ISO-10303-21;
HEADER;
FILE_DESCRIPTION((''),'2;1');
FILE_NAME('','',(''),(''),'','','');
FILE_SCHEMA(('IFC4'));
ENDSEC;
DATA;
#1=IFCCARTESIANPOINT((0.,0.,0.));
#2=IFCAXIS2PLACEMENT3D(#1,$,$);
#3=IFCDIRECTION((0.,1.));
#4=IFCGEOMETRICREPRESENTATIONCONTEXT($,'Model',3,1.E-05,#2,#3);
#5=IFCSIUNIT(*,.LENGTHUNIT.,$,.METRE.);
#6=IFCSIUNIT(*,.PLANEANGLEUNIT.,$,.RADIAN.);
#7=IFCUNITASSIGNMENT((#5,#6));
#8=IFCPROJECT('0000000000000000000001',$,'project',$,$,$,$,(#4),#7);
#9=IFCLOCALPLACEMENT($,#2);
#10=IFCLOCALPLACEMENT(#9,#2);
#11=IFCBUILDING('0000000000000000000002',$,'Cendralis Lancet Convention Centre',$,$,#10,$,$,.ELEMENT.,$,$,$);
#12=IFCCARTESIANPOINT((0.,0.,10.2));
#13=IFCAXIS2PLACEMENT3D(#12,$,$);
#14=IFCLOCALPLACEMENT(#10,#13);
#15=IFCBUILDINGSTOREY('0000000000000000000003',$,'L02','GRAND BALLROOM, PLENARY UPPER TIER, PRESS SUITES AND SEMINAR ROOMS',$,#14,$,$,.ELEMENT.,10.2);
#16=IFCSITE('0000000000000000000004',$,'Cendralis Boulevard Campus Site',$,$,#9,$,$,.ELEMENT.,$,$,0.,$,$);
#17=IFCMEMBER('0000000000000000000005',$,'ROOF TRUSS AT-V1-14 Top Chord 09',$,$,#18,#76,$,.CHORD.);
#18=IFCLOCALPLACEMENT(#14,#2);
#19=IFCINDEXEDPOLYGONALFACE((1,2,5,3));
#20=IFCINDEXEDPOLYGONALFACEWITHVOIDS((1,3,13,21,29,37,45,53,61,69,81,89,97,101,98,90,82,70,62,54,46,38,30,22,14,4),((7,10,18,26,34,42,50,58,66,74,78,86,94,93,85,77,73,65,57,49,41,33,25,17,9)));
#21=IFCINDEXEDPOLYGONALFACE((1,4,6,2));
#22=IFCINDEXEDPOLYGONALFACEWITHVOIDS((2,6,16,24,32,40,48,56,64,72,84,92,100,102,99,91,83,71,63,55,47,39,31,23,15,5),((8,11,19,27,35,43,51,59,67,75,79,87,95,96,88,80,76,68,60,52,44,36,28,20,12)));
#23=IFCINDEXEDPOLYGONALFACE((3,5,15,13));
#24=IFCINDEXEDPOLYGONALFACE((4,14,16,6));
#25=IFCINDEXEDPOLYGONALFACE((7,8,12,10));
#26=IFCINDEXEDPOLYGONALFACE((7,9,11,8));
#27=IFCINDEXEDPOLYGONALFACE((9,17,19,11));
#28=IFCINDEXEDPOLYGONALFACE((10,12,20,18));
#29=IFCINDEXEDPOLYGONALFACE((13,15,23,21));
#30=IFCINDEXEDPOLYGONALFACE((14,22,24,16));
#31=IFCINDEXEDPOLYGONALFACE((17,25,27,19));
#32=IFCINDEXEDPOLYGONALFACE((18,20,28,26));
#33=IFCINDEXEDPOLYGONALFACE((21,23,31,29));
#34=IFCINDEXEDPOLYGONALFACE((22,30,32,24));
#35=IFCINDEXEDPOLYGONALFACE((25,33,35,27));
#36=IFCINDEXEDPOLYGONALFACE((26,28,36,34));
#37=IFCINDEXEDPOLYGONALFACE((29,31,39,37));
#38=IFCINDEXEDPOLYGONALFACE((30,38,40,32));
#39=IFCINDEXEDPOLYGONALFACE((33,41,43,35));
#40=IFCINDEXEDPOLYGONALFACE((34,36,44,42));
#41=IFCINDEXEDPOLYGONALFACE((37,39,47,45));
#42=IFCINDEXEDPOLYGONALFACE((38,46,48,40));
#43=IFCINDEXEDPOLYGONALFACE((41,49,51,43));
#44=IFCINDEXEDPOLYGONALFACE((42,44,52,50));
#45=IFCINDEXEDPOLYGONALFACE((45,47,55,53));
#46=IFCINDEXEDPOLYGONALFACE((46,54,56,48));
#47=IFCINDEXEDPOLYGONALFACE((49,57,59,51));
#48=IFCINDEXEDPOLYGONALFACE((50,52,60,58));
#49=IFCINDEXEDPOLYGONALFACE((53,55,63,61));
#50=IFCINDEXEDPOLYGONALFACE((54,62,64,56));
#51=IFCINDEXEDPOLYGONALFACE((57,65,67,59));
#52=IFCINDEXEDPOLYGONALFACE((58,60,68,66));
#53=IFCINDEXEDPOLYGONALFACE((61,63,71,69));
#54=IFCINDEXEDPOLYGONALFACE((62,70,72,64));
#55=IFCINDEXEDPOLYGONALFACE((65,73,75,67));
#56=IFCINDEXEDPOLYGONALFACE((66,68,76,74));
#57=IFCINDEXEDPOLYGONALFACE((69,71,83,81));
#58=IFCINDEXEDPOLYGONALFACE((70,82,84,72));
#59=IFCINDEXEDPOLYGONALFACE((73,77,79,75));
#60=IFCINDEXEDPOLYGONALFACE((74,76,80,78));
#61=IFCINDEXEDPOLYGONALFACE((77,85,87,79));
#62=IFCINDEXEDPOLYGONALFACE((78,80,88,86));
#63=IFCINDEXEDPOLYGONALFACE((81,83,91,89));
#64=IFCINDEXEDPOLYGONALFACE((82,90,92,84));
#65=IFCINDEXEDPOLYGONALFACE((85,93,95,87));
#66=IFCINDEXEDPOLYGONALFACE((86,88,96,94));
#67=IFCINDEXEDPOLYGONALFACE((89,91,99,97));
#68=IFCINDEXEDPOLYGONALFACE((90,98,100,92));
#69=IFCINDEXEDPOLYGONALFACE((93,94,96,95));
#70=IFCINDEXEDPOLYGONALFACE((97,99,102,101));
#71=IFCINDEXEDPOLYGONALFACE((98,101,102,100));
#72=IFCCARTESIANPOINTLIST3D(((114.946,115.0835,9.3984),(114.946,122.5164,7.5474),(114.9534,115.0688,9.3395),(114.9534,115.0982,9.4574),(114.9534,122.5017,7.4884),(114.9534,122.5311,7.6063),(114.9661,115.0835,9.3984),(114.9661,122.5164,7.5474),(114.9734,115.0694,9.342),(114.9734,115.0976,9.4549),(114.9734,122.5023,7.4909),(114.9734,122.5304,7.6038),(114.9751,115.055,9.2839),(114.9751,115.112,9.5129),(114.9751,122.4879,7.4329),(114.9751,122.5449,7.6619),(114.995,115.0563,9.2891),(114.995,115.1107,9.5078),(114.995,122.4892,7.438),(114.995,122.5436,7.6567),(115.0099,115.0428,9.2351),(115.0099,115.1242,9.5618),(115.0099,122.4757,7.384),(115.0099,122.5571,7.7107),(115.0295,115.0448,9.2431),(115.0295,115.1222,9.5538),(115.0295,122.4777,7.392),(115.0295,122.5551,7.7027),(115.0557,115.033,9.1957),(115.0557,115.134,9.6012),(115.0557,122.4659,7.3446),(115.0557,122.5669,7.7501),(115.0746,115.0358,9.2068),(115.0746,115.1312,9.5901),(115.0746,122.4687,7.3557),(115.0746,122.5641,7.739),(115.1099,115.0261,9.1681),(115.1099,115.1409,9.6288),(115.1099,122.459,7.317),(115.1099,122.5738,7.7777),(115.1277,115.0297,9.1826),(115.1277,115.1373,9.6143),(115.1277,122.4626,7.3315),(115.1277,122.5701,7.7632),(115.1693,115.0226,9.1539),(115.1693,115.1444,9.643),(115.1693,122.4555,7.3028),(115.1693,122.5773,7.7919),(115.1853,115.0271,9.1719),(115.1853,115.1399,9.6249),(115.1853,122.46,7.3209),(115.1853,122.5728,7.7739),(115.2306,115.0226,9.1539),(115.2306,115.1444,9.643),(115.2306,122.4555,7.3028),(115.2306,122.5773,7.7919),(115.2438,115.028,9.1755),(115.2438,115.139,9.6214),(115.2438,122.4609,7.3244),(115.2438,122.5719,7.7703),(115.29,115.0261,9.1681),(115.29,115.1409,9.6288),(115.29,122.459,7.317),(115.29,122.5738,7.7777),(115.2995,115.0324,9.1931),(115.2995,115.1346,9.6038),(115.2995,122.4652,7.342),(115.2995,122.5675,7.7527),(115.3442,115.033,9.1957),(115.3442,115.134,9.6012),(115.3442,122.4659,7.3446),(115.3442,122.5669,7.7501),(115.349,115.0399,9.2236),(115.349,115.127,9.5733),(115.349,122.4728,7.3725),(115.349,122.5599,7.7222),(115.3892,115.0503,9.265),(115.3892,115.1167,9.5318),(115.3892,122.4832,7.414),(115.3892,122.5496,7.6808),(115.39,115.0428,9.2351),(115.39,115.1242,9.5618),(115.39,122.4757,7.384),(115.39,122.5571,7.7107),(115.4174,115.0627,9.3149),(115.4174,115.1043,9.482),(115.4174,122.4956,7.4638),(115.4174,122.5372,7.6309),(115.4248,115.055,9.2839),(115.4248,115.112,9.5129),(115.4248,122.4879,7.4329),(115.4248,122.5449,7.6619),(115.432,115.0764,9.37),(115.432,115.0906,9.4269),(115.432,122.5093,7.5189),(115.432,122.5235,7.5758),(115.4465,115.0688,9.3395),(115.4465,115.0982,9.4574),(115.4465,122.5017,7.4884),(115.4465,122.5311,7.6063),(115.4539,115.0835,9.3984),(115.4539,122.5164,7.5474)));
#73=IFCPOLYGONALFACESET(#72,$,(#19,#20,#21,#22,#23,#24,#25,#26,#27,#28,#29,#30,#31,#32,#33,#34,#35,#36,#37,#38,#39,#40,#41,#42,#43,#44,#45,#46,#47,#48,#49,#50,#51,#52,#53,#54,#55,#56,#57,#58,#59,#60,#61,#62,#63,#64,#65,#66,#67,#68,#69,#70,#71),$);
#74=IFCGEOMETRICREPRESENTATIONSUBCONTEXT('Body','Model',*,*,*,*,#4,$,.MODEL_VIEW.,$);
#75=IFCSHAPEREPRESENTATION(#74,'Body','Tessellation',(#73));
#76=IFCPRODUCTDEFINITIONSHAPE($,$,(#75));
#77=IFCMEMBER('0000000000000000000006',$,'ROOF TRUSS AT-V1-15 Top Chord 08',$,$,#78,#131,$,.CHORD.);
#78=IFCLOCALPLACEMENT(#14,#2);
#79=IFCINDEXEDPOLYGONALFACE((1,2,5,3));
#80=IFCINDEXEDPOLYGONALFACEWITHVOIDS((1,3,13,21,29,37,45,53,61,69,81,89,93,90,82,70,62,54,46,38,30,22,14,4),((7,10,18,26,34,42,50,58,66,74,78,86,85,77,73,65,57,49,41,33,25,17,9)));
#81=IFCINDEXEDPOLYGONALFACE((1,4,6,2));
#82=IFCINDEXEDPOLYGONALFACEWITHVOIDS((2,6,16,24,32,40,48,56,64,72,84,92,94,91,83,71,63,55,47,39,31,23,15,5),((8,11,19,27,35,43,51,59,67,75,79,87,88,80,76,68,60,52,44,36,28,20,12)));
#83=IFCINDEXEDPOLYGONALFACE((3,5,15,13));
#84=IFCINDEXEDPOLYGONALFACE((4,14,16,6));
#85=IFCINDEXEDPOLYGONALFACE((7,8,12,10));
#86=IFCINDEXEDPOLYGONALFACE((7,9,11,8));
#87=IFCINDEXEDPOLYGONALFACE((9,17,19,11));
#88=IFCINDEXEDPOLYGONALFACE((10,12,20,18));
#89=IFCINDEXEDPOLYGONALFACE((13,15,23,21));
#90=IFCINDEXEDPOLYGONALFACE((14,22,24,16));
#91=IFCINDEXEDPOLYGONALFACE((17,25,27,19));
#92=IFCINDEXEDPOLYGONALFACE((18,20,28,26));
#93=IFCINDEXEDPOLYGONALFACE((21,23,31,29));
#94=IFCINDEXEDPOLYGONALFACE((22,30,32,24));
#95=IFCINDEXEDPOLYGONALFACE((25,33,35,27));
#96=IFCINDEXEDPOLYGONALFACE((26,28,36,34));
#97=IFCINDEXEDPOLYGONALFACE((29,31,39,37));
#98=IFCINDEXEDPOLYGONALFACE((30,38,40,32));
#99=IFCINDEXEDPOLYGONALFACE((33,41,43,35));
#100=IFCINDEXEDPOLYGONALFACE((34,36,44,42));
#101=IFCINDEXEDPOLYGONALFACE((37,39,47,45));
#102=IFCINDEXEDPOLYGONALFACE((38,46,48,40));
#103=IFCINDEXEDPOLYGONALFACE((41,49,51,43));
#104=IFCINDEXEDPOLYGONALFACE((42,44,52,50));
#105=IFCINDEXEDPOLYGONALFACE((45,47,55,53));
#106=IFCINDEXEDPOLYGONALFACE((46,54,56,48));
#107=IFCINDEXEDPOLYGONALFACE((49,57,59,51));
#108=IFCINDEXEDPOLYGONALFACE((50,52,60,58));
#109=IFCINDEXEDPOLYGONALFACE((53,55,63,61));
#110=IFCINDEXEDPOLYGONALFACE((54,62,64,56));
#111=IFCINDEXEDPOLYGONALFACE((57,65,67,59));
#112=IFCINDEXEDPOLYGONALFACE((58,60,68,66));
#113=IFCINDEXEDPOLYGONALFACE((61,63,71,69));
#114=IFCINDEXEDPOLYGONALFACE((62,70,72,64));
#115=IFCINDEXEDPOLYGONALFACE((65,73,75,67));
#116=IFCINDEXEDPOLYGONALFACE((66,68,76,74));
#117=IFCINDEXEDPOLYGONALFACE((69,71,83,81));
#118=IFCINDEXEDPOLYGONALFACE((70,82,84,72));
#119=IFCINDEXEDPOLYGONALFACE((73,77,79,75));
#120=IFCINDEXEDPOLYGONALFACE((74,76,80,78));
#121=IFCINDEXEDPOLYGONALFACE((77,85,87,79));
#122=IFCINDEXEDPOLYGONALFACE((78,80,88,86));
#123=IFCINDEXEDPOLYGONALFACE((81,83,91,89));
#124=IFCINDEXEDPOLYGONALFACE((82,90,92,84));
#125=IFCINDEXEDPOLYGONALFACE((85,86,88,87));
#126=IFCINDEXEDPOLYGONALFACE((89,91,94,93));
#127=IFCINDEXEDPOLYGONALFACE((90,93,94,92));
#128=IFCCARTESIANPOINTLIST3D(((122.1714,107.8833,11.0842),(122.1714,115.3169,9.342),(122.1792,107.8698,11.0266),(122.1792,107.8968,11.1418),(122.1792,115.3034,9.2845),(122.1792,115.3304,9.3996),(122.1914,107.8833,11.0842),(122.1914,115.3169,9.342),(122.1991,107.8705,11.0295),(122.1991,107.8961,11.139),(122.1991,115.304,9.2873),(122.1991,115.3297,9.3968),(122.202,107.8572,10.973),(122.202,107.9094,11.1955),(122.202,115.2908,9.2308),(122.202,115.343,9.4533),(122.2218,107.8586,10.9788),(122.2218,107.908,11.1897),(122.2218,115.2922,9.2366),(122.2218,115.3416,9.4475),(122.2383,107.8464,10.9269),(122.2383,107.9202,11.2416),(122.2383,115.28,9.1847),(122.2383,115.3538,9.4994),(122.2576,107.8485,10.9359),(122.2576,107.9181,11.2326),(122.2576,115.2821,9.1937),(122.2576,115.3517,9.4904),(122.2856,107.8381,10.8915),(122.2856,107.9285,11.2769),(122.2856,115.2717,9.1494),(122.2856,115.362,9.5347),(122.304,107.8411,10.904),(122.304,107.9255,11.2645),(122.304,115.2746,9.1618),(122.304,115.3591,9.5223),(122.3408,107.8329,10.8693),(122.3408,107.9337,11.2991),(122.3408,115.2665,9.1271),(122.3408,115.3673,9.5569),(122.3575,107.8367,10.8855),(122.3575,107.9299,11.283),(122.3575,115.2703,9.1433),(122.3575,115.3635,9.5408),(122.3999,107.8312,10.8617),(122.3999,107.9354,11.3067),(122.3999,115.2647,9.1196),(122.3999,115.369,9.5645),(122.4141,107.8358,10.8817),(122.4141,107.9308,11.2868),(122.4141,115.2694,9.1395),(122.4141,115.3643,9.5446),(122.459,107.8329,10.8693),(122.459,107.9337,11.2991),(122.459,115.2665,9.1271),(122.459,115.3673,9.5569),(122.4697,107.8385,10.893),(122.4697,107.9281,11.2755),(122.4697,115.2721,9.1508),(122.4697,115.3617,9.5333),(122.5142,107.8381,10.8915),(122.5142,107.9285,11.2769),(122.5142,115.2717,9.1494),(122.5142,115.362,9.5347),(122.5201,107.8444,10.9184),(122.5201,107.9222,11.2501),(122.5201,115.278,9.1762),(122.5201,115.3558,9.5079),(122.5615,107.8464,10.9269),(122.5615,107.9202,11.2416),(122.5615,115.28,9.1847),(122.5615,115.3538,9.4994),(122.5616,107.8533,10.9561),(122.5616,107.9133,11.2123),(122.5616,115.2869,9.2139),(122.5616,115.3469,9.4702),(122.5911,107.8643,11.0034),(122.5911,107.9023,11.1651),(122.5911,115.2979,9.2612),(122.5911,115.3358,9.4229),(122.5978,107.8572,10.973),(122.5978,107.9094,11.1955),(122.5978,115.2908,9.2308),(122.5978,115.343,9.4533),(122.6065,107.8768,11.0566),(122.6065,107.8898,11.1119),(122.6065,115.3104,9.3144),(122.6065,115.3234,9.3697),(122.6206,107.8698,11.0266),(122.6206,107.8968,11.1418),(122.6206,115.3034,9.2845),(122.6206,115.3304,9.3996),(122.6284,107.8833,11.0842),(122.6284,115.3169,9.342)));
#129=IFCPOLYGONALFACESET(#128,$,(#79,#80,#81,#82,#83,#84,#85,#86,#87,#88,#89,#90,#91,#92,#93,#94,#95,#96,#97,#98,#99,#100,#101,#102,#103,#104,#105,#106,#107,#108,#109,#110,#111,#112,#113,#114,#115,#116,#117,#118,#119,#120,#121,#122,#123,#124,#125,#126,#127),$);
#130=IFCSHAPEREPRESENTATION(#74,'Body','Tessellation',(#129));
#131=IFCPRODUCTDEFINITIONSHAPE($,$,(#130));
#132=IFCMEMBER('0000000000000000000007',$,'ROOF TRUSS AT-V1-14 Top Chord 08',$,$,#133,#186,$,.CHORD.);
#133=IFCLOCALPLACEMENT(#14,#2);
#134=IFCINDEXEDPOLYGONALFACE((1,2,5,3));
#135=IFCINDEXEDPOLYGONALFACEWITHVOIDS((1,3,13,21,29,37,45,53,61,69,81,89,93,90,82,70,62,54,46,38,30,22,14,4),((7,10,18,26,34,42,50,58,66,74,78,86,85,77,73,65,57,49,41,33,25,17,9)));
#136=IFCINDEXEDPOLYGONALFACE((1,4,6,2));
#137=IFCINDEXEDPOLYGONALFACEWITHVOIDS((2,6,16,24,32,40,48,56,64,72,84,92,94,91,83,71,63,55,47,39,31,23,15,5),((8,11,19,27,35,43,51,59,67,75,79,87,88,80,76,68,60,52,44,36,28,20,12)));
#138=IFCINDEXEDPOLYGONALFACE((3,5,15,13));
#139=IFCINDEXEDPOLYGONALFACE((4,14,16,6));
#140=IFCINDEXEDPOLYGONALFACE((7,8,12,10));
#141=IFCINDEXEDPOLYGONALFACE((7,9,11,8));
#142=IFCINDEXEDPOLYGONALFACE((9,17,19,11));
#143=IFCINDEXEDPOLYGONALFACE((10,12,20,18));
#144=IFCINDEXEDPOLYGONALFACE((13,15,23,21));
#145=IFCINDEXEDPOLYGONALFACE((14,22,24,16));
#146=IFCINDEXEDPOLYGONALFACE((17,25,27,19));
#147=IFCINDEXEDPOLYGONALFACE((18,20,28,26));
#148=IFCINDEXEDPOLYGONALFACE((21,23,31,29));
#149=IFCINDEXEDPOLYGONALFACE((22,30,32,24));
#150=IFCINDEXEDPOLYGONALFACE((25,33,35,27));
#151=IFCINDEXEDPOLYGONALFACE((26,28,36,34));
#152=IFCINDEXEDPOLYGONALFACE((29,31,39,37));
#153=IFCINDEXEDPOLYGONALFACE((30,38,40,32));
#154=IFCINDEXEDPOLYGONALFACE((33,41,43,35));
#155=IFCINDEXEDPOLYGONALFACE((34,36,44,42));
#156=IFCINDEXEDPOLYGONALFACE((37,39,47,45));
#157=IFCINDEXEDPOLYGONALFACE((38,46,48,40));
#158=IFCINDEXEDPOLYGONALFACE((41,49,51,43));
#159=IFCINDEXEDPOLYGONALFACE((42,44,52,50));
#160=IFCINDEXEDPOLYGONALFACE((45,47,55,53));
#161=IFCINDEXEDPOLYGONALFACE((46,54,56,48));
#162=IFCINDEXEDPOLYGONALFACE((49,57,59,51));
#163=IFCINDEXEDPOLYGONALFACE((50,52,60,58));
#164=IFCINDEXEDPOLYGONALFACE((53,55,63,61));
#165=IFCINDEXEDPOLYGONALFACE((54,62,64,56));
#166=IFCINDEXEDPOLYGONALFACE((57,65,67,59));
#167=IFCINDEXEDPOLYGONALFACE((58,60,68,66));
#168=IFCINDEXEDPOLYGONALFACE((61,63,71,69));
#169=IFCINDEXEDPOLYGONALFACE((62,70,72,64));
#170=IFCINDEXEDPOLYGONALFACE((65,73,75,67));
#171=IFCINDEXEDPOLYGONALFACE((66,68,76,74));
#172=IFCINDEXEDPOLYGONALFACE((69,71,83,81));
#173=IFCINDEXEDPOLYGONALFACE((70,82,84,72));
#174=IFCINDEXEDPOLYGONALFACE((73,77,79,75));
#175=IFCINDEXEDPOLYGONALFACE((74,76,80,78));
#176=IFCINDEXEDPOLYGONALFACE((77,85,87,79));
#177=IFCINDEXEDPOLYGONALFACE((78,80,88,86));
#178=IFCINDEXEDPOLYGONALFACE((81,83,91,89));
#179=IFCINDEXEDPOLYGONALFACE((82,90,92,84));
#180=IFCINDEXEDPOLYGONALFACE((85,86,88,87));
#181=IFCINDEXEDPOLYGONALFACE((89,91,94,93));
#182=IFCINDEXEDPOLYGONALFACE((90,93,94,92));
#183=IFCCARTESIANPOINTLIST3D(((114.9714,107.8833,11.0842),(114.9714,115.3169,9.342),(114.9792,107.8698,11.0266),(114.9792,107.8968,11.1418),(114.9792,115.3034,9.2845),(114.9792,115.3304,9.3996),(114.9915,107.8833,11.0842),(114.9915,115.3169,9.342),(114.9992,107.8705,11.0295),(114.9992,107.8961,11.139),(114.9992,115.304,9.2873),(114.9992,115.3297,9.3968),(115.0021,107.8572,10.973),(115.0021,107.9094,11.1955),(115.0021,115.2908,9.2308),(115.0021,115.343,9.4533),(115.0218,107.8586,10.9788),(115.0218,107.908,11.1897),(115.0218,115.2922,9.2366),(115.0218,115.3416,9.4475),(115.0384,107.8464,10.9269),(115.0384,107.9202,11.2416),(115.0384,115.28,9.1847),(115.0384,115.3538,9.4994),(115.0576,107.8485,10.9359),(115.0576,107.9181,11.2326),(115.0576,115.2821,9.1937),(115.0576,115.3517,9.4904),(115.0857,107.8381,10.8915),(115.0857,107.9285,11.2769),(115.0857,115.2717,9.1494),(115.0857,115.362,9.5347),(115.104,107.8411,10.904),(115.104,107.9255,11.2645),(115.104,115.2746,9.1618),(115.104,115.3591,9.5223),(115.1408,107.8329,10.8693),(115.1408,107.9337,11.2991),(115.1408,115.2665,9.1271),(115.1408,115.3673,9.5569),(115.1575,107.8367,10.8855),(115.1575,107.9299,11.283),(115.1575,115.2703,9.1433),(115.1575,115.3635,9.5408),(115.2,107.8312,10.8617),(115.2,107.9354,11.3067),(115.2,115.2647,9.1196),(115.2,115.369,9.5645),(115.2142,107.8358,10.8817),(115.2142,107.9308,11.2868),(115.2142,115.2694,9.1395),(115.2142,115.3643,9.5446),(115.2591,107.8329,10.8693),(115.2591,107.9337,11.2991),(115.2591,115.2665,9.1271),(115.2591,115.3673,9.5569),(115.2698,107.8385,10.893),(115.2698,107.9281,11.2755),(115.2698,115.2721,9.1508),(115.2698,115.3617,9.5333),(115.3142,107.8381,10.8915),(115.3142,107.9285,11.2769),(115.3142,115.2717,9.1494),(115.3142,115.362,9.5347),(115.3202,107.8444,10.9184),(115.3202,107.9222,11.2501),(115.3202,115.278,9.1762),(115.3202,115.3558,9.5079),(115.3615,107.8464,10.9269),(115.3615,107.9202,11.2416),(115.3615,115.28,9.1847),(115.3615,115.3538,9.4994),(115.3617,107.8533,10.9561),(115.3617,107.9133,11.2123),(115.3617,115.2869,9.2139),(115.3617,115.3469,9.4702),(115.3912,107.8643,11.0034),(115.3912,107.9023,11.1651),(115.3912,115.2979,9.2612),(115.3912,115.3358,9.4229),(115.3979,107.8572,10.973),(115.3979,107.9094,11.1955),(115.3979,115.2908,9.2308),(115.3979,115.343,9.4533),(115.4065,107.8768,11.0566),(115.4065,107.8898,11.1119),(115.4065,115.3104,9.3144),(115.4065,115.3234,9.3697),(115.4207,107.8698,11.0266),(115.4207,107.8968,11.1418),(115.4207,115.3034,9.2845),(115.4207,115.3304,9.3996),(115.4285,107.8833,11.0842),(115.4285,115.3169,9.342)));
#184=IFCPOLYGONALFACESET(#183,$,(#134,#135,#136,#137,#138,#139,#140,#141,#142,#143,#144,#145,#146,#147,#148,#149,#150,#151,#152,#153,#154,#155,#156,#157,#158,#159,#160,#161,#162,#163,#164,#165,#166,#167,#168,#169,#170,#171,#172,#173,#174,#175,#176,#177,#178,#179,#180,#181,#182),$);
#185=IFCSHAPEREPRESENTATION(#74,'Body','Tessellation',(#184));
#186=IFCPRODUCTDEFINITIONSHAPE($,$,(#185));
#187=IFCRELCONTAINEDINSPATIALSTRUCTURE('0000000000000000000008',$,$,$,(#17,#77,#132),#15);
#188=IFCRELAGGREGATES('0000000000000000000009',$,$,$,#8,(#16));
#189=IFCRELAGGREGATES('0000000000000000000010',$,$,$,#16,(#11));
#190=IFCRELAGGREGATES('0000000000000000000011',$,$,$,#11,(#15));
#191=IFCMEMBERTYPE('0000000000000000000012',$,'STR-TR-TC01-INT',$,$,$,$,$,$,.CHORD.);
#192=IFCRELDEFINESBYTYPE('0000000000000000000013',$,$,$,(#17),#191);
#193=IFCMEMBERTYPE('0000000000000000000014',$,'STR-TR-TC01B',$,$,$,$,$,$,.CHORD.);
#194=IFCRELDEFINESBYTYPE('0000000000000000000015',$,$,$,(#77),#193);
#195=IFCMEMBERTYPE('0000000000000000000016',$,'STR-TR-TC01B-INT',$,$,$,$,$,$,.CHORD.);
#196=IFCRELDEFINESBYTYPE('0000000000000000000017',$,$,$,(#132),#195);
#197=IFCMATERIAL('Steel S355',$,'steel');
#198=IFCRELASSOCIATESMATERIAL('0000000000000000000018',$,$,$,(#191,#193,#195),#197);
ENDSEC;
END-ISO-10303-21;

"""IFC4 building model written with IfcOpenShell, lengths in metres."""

from ifc_helpers import new_model, si_unit, direction, frame, origin, origin_2d, place, context, subcontext, project, spatial, hollow_circle, extrude, material, material_profile, profile_set, type_object, element, save


model = new_model("IFC4")

# Units and contexts
model_context = context("Model", 3, precision=1e-05, world=origin(), true_north=direction((0.0, 1.0)))
body_context = subcontext(model_context, "Body", "Model", "MODEL_VIEW")
ifc_project = project(units=[si_unit("LENGTHUNIT", "METRE"), si_unit("PLANEANGLEUNIT", "RADIAN")], contexts=[model_context])

# Site, building, storey
site_placement = place(None, origin())
site = spatial("IfcSite", under=ifc_project, at=site_placement, Name="Cendralis Boulevard Campus Site", CompositionType="ELEMENT", RefElevation=0.0)
building_placement = place(site_placement, origin())
building = spatial("IfcBuilding", under=site, at=building_placement, Name="Cendralis Lancet Convention Centre", CompositionType="ELEMENT")
storey_placement = place(building_placement, frame((0.0, 0.0, 10.2)))
storey = spatial("IfcBuildingStorey", under=building, at=storey_placement, Name="L02", Description="GRAND BALLROOM, PLENARY UPPER TIER, PRESS SUITES AND SEMINAR ROOMS", CompositionType="ELEMENT", Elevation=10.2)

# Members
ifc_material = material(Name="Steel S355", Category="steel")
ifc_material_profile_1 = material_profile(ifc_material, hollow_circle(Radius=0.2539, WallThickness=0.02, at=origin_2d()), Name="CHS 508.0x20.0")
ifc_profile_set_1 = profile_set([ifc_material_profile_1], Name="Steel S355")
member_type_1 = type_object("IfcMemberType", Name="STR-TR-TC01-INT", PredefinedType="CHORD", material=ifc_profile_set_1)
for number, where, z_axis, x_axis, name in (
    (1, (115.2, 115.0835, 9.3984), (0.0, 0.970361, -0.241658), (-1.0, 0.0, 0.0), "ROOF TRUSS AT-V1-14 Top Chord 09"),
):
    element("IfcMember", number, at=place(storey_placement, frame(where, z_axis=z_axis, x_axis=x_axis)), inside=storey, type_object=member_type_1, Name=name, PredefinedType="CHORD", context=body_context, shape_type="SweptSolid", body=[
        extrude(hollow_circle(Radius=0.2539, WallThickness=0.02, at=origin_2d()), origin(), (0.0, 0.0, 1.0), 7.6599),
    ])
ifc_material_profile_2 = material_profile(ifc_material, hollow_circle(Radius=0.2285, WallThickness=0.02, at=origin_2d()), Name="CHS 457.0x20.0")
ifc_profile_set_2 = profile_set([ifc_material_profile_2], Name="Steel S355")
member_type_2 = type_object("IfcMemberType", Name="STR-TR-TC01B", PredefinedType="CHORD", material=ifc_profile_set_2)
member_1_placement = place(storey_placement, frame((122.3999, 107.8833, 11.0842), z_axis=(0.0, 0.973618, -0.228184), x_axis=(-1.0, 0.0, 0.0)))
element("IfcMember", 2, at=member_1_placement, inside=storey, type_object=member_type_2, Name="ROOF TRUSS AT-V1-15 Top Chord 08", PredefinedType="CHORD", context=body_context, shape_type="SweptSolid", body=[
    extrude(hollow_circle(Radius=0.2285, WallThickness=0.02, at=origin_2d()), origin(), (0.0, 0.0, 1.0), 7.635),
])
ifc_material_profile_3 = material_profile(ifc_material, hollow_circle(Radius=0.2285, WallThickness=0.02, at=origin_2d()), Name="CHS 457.0x20.0")
ifc_profile_set_3 = profile_set([ifc_material_profile_3], Name="Steel S355")
member_type_3 = type_object("IfcMemberType", Name="STR-TR-TC01B-INT", PredefinedType="CHORD", material=ifc_profile_set_3)
member_2_placement = place(storey_placement, frame((115.2, 107.8833, 11.0842), z_axis=(0.0, 0.973618, -0.228184), x_axis=(-1.0, 0.0, 0.0)))
element("IfcMember", 3, at=member_2_placement, inside=storey, type_object=member_type_3, Name="ROOF TRUSS AT-V1-14 Top Chord 08", PredefinedType="CHORD", context=body_context, shape_type="SweptSolid", body=[
    extrude(hollow_circle(Radius=0.2285, WallThickness=0.02, at=origin_2d()), origin(), (0.0, 0.0, 1.0), 7.635),
])

save(model, "model.ifc")
